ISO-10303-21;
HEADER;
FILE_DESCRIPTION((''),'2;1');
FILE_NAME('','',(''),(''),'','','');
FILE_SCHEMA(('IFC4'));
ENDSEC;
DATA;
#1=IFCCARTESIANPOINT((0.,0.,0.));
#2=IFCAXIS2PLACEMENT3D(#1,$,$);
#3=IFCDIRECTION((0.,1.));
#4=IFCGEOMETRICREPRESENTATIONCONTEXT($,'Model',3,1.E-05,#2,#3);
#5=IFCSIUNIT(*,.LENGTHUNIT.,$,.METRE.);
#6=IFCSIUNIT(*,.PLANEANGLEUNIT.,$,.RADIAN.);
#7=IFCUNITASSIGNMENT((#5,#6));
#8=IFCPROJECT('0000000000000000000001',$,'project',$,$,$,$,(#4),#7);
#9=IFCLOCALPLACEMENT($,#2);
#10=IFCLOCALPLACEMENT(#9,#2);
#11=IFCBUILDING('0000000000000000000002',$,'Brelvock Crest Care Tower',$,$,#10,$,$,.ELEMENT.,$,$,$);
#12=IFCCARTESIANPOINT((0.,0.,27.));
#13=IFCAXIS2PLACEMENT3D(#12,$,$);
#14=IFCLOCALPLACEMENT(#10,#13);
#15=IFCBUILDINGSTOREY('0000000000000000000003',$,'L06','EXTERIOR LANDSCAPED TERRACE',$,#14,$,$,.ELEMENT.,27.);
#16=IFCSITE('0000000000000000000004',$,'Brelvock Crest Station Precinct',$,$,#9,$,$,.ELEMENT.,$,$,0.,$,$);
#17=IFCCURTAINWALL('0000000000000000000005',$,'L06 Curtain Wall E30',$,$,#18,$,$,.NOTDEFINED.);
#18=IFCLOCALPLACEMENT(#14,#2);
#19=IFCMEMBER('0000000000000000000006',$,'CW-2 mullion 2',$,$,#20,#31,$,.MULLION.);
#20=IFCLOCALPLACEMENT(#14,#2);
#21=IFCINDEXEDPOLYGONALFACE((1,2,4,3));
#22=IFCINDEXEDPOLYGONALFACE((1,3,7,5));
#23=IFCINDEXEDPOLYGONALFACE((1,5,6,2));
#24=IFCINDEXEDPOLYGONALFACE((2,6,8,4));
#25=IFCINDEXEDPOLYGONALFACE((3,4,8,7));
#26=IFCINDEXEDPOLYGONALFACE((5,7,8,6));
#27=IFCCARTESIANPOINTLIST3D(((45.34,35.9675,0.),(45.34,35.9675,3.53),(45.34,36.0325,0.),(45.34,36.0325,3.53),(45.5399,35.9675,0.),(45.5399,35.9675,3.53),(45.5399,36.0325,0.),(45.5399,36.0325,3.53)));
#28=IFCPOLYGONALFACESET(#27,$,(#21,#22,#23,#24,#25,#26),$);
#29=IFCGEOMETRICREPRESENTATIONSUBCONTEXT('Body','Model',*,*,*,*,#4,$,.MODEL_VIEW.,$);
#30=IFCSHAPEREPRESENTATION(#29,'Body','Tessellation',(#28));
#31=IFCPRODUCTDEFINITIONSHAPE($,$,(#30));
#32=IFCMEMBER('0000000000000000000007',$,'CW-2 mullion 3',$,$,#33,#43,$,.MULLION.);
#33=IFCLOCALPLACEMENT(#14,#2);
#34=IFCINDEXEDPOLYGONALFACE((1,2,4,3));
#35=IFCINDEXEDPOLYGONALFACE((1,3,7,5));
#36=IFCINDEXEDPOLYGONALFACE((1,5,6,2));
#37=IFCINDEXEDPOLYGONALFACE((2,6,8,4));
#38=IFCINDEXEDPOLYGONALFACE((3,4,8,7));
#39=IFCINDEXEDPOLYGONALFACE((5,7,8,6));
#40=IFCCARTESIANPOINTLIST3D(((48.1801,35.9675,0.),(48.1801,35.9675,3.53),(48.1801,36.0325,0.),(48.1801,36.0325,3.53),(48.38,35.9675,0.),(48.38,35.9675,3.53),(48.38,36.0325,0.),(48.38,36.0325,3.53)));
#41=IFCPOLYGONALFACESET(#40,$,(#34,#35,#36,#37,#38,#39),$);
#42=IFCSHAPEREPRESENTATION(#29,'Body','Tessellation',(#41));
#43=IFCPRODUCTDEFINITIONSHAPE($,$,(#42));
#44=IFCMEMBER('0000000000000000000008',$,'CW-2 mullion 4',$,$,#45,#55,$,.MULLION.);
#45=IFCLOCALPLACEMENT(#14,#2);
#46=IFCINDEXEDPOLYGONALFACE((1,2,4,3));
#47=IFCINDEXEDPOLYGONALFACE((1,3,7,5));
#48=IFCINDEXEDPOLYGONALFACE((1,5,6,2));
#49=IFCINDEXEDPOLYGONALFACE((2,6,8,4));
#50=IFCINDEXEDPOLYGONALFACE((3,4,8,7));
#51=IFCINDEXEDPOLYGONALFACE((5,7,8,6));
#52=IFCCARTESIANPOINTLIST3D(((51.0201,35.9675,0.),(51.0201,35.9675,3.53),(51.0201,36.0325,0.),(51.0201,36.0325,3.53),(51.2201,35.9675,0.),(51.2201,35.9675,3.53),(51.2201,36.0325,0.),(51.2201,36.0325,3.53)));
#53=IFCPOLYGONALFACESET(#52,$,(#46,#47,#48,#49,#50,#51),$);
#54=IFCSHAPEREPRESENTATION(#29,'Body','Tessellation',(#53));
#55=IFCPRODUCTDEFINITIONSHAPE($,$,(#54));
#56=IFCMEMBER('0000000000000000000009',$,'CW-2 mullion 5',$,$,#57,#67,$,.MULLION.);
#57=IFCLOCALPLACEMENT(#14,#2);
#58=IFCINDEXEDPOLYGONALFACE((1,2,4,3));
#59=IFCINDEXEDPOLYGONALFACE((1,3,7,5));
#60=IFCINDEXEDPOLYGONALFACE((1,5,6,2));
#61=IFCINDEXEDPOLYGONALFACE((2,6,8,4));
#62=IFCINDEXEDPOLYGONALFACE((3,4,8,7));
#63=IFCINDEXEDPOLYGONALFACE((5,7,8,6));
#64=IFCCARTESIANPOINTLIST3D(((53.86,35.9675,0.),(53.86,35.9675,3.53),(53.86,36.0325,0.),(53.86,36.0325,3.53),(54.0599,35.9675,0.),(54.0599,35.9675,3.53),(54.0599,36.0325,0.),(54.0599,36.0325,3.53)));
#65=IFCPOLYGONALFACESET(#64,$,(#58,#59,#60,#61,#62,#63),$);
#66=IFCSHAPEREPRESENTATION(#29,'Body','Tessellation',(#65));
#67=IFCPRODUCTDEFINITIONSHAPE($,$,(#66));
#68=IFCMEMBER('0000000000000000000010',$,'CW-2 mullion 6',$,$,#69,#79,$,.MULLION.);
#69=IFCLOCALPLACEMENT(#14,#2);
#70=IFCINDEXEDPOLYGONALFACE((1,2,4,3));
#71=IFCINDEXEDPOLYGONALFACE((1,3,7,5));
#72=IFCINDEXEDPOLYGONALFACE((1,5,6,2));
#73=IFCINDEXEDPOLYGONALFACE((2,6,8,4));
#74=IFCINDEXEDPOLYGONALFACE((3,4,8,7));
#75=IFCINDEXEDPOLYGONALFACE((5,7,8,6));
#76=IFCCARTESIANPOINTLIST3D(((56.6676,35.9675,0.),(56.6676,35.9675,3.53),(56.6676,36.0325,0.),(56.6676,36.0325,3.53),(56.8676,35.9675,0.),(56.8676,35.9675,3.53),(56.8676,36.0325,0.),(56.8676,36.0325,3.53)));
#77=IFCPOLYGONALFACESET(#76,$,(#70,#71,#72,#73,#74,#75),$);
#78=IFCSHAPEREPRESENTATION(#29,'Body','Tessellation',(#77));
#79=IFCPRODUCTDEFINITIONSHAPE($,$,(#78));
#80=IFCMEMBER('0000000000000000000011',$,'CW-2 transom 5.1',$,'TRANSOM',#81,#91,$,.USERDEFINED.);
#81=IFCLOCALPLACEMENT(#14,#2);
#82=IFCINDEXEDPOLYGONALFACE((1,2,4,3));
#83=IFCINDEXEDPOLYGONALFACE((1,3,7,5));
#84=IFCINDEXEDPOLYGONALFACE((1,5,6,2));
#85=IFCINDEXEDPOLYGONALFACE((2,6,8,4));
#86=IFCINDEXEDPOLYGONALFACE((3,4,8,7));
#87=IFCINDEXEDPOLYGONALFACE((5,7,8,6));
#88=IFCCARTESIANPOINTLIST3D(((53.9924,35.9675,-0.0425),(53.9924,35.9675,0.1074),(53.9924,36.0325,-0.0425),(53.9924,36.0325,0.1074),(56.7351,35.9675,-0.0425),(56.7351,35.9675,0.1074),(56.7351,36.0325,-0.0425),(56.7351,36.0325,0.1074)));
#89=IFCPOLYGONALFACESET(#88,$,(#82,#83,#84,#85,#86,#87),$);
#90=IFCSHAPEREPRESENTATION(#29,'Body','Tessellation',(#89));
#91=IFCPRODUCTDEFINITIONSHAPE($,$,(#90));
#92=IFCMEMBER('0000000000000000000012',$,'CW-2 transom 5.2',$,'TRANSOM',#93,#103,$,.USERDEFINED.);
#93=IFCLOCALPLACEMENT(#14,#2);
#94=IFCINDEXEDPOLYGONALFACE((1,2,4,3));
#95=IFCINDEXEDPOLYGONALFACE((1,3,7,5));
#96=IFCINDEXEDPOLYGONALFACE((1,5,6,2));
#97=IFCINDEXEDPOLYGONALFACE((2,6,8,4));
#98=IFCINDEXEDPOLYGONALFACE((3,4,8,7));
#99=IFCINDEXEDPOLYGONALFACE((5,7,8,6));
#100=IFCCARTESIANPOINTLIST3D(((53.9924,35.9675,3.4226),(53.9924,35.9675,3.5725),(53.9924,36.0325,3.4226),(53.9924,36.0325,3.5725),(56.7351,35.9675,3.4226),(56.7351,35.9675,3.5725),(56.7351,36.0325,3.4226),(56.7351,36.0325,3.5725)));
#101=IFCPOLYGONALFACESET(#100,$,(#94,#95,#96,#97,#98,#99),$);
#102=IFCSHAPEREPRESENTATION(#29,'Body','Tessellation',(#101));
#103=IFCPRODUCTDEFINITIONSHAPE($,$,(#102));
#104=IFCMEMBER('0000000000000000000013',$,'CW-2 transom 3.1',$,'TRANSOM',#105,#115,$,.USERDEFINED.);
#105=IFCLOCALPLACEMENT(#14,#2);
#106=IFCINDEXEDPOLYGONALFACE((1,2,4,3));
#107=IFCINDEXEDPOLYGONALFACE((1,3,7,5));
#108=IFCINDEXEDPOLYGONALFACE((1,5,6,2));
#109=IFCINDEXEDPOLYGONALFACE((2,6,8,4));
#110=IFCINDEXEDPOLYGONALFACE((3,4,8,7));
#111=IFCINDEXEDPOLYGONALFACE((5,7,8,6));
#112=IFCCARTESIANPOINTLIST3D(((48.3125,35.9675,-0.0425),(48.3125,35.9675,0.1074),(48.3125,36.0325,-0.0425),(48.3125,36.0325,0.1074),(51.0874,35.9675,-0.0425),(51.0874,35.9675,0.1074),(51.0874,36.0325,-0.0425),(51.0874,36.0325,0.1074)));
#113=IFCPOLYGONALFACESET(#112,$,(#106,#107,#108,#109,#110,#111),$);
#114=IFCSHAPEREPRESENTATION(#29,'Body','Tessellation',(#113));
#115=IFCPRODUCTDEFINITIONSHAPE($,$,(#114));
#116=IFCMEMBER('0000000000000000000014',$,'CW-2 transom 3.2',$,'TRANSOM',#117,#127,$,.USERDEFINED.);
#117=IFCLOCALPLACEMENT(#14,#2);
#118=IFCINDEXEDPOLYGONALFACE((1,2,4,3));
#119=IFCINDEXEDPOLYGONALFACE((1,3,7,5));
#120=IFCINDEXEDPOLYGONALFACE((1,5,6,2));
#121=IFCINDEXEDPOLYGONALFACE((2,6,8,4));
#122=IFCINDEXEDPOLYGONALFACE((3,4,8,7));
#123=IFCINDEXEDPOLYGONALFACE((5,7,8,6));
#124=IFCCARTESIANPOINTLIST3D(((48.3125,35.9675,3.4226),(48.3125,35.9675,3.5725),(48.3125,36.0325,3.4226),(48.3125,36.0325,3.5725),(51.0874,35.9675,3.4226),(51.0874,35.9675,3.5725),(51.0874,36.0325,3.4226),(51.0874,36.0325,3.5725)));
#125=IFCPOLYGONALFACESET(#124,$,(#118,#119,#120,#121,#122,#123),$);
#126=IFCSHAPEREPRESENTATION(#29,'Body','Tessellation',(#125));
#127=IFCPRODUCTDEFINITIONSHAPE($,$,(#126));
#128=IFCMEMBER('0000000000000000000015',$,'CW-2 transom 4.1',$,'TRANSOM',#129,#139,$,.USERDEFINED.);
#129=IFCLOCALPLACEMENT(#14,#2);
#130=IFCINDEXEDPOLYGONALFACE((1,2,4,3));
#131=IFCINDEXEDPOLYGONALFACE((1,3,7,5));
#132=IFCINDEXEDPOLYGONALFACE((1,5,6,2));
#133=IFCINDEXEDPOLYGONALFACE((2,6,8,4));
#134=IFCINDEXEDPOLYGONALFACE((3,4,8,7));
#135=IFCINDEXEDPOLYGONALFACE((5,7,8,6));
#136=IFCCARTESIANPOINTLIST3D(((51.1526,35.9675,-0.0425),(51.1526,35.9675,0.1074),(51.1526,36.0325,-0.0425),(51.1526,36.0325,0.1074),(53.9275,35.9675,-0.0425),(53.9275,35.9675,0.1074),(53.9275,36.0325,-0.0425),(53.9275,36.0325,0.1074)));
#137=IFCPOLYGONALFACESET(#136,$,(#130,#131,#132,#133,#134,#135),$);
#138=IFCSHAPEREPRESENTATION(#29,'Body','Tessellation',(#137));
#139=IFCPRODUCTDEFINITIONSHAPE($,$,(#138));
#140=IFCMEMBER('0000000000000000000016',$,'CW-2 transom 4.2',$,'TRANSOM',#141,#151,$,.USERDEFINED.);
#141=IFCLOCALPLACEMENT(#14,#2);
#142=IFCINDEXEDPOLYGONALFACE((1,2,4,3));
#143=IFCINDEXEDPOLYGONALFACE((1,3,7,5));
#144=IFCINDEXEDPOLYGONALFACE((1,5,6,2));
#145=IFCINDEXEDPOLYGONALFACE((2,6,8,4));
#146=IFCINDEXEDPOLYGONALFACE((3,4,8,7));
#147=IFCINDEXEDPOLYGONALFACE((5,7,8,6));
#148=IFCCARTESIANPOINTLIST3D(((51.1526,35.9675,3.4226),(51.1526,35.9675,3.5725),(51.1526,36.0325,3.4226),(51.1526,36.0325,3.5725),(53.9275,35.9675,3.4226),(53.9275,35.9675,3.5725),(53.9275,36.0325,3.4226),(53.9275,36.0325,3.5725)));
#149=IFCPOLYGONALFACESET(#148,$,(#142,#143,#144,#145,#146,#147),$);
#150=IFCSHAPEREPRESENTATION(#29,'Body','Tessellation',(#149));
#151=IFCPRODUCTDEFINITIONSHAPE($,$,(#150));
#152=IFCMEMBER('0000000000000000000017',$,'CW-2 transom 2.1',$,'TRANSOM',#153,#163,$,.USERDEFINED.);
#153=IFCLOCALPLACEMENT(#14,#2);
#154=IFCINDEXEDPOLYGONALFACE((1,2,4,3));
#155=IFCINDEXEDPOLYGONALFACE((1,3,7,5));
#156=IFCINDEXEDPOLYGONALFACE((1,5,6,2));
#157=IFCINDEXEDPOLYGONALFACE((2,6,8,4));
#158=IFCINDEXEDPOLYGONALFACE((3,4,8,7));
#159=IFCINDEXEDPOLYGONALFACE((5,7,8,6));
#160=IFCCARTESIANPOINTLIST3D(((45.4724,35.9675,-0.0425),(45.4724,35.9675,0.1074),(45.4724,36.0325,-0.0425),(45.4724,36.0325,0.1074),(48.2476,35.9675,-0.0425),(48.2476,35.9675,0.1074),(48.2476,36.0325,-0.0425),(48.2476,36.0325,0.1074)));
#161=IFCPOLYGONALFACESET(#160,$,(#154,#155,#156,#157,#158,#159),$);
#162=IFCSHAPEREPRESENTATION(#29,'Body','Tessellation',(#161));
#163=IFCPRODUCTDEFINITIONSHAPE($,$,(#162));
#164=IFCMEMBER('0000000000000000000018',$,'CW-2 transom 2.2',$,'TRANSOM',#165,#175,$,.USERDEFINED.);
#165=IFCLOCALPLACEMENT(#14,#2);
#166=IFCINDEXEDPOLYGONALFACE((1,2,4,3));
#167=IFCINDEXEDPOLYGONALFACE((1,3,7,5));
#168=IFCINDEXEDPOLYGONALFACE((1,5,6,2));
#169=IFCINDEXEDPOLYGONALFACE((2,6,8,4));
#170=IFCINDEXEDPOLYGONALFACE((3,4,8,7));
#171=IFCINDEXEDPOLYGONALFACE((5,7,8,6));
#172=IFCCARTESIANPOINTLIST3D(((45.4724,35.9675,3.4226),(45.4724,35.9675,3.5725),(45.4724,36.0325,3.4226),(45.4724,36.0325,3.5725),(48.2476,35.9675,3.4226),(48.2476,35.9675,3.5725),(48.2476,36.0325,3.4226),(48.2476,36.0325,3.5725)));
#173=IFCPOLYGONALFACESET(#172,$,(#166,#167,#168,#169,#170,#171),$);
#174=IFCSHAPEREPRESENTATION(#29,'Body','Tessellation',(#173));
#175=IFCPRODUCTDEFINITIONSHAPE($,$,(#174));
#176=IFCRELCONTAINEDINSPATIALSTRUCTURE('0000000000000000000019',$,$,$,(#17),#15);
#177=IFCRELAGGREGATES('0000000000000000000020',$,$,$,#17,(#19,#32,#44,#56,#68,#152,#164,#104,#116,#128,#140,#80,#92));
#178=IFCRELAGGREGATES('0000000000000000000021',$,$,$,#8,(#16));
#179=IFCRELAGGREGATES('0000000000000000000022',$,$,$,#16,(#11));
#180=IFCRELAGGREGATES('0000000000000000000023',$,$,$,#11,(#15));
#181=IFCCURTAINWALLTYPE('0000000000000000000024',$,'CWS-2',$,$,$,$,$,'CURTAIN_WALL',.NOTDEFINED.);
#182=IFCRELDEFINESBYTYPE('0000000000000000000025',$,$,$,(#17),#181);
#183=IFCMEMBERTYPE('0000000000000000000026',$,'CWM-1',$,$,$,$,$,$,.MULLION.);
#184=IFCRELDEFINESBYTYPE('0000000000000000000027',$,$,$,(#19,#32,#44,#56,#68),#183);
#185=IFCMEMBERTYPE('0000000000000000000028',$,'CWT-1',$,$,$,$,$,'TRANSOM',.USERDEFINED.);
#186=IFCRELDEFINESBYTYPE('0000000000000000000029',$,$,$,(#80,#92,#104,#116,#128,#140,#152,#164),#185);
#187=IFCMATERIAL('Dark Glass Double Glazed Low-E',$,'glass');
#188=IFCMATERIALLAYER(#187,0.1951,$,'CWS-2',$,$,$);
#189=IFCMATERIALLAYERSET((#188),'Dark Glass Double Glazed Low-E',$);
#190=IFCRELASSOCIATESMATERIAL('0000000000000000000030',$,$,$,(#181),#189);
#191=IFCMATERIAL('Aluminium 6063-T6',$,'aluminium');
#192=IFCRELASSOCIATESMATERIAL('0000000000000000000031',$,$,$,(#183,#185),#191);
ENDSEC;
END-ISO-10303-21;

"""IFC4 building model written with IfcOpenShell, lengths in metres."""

from ifc_helpers import new_model, si_unit, direction, frame, origin, origin_2d, place, context, subcontext, project, spatial, rectangle, extrude, source, transform, mapped, material, layer, layer_set, material_profile, profile_set, type_object, element, aggregate, save


model = new_model("IFC4")

# Units and contexts
model_context = context("Model", 3, precision=1e-05, world=origin(), true_north=direction((0.0, 1.0)))
body_context = subcontext(model_context, "Body", "Model", "MODEL_VIEW")
ifc_project = project(units=[si_unit("LENGTHUNIT", "METRE"), si_unit("PLANEANGLEUNIT", "RADIAN")], contexts=[model_context])

# Site, building, storey
site_placement = place(None, origin())
site = spatial("IfcSite", under=ifc_project, at=site_placement, Name="Brelvock Crest Station Precinct", CompositionType="ELEMENT", RefElevation=0.0)
building_placement = place(site_placement, origin())
building = spatial("IfcBuilding", under=site, at=building_placement, Name="Brelvock Crest Care Tower", CompositionType="ELEMENT")
storey_placement = place(building_placement, frame((0.0, 0.0, 27.0)))
storey = spatial("IfcBuildingStorey", under=building, at=storey_placement, Name="L06", Description="EXTERIOR LANDSCAPED TERRACE", CompositionType="ELEMENT", Elevation=27.0)

# Curtain wall, members
ifc_material_1 = material(Name="Dark Glass Double Glazed Low-E", Category="glass")
ifc_layer_1 = layer(ifc_material_1, 0.1951, Name="CWS-2")
ifc_layer_set_1 = layer_set([ifc_layer_1], Name="Dark Glass Double Glazed Low-E")
curtain_wall_type = type_object("IfcCurtainWallType", Name="CWS-2", ElementType="CURTAIN_WALL", PredefinedType="NOTDEFINED", material=ifc_layer_set_1)
curtain_wall_placement = place(storey_placement, origin())
curtain_wall = element("IfcCurtainWall", 1, at=curtain_wall_placement, inside=storey, type_object=curtain_wall_type, Name="L06 Curtain Wall E30", PredefinedType="NOTDEFINED")
ifc_material_2 = material(Name="Aluminium 6063-T6", Category="aluminium")
ifc_material_profile_1 = material_profile(ifc_material_2, rectangle(XDim=0.0649, YDim=0.2, at=origin_2d()), Name="ALU65x200")
ifc_profile_set_1 = profile_set([ifc_material_profile_1], Name="Aluminium 6063-T6")
member_type_1 = type_object("IfcMemberType", Name="CWM-1", PredefinedType="MULLION", material=ifc_profile_set_1)
shared_shape_1 = source(origin(), body_context, "Body", "SweptSolid", [
    extrude(rectangle(XDim=0.0649, YDim=0.2, at=origin_2d()), origin(), (0.0, 0.0, 1.0), 3.53),
])
member_1_placement = place(storey_placement, frame((45.4399, 36.0, 0.0), z_axis=(0.0, 0.0, 1.0), x_axis=(0.0, 1.0, 0.0)))
member_1 = element("IfcMember", 2, at=member_1_placement, type_object=member_type_1, Name="CW-2 mullion 2", PredefinedType="MULLION", context=body_context, shape_type="MappedRepresentation", body=[
    mapped(shared_shape_1, transform((0.0, 0.0, 0.0), x_axis=(1.0, 0.0, 0.0), y_axis=(0.0, 1.0, 0.0), z_axis=(0.0, 0.0, 1.0), scale=1.0)),
])
member_2_placement = place(storey_placement, frame((48.28, 36.0, 0.0), z_axis=(0.0, 0.0, 1.0), x_axis=(0.0, 1.0, 0.0)))
member_2 = element("IfcMember", 3, at=member_2_placement, type_object=member_type_1, Name="CW-2 mullion 3", PredefinedType="MULLION", context=body_context, shape_type="MappedRepresentation", body=[
    mapped(shared_shape_1, transform((0.0, 0.0, 0.0), x_axis=(1.0, 0.0, 0.0), y_axis=(0.0, 1.0, 0.0), z_axis=(0.0, 0.0, 1.0), scale=1.0)),
])
member_3_placement = place(storey_placement, frame((51.1201, 36.0, 0.0), z_axis=(0.0, 0.0, 1.0), x_axis=(0.0, 1.0, 0.0)))
member_3 = element("IfcMember", 4, at=member_3_placement, type_object=member_type_1, Name="CW-2 mullion 4", PredefinedType="MULLION", context=body_context, shape_type="MappedRepresentation", body=[
    mapped(shared_shape_1, transform((0.0, 0.0, 0.0), x_axis=(1.0, 0.0, 0.0), y_axis=(0.0, 1.0, 0.0), z_axis=(0.0, 0.0, 1.0), scale=1.0)),
])
member_4_placement = place(storey_placement, frame((53.96, 36.0, 0.0), z_axis=(0.0, 0.0, 1.0), x_axis=(0.0, 1.0, 0.0)))
member_4 = element("IfcMember", 5, at=member_4_placement, type_object=member_type_1, Name="CW-2 mullion 5", PredefinedType="MULLION", context=body_context, shape_type="MappedRepresentation", body=[
    mapped(shared_shape_1, transform((0.0, 0.0, 0.0), x_axis=(1.0, 0.0, 0.0), y_axis=(0.0, 1.0, 0.0), z_axis=(0.0, 0.0, 1.0), scale=1.0)),
])
member_5_placement = place(storey_placement, frame((56.7676, 36.0, 0.0), z_axis=(0.0, 0.0, 1.0), x_axis=(0.0, 1.0, 0.0)))
member_5 = element("IfcMember", 6, at=member_5_placement, type_object=member_type_1, Name="CW-2 mullion 6", PredefinedType="MULLION", context=body_context, shape_type="MappedRepresentation", body=[
    mapped(shared_shape_1, transform((0.0, 0.0, 0.0), x_axis=(1.0, 0.0, 0.0), y_axis=(0.0, 1.0, 0.0), z_axis=(0.0, 0.0, 1.0), scale=1.0)),
])
ifc_material_profile_2 = material_profile(ifc_material_2, rectangle(XDim=0.0649, YDim=0.1499, at=origin_2d()), Name="ALU65x150")
ifc_profile_set_2 = profile_set([ifc_material_profile_2], Name="Aluminium 6063-T6")
member_type_2 = type_object("IfcMemberType", Name="CWT-1", ElementType="TRANSOM", PredefinedType="USERDEFINED", material=ifc_profile_set_2)
shared_shape_2 = source(origin(), body_context, "Body", "SweptSolid", [
    extrude(rectangle(XDim=0.0649, YDim=0.1499, at=origin_2d()), origin(), (0.0, 0.0, 1.0), 2.7427),
])
member_6_placement = place(storey_placement, frame((53.9924, 36.0, 0.0325), z_axis=(1.0, 0.0, 0.0), x_axis=(0.0, 1.0, 0.0)))
member_6 = element("IfcMember", 7, at=member_6_placement, type_object=member_type_2, Name="CW-2 transom 5.1", ObjectType="TRANSOM", PredefinedType="USERDEFINED", context=body_context, shape_type="MappedRepresentation", body=[
    mapped(shared_shape_2, transform((0.0, 0.0, 0.0), x_axis=(1.0, 0.0, 0.0), y_axis=(0.0, 1.0, 0.0), z_axis=(0.0, 0.0, 1.0), scale=1.0)),
])
member_7_placement = place(storey_placement, frame((53.9924, 36.0, 3.4976), z_axis=(1.0, 0.0, 0.0), x_axis=(0.0, 1.0, 0.0)))
member_7 = element("IfcMember", 8, at=member_7_placement, type_object=member_type_2, Name="CW-2 transom 5.2", ObjectType="TRANSOM", PredefinedType="USERDEFINED", context=body_context, shape_type="MappedRepresentation", body=[
    mapped(shared_shape_2, transform((0.0, 0.0, 0.0), x_axis=(1.0, 0.0, 0.0), y_axis=(0.0, 1.0, 0.0), z_axis=(0.0, 0.0, 1.0), scale=1.0)),
])
shared_shape_3 = source(origin(), body_context, "Body", "SweptSolid", [
    extrude(rectangle(XDim=0.0649, YDim=0.1499, at=origin_2d()), origin(), (0.0, 0.0, 1.0), 2.7749),
])
member_8_placement = place(storey_placement, frame((48.3125, 36.0, 0.0325), z_axis=(1.0, 0.0, 0.0), x_axis=(0.0, 1.0, 0.0)))
member_8 = element("IfcMember", 9, at=member_8_placement, type_object=member_type_2, Name="CW-2 transom 3.1", ObjectType="TRANSOM", PredefinedType="USERDEFINED", context=body_context, shape_type="MappedRepresentation", body=[
    mapped(shared_shape_3, transform((0.0, 0.0, 0.0), x_axis=(1.0, 0.0, 0.0), y_axis=(0.0, 1.0, 0.0), z_axis=(0.0, 0.0, 1.0), scale=1.0)),
])
member_9_placement = place(storey_placement, frame((48.3125, 36.0, 3.4976), z_axis=(1.0, 0.0, 0.0), x_axis=(0.0, 1.0, 0.0)))
member_9 = element("IfcMember", 10, at=member_9_placement, type_object=member_type_2, Name="CW-2 transom 3.2", ObjectType="TRANSOM", PredefinedType="USERDEFINED", context=body_context, shape_type="MappedRepresentation", body=[
    mapped(shared_shape_3, transform((0.0, 0.0, 0.0), x_axis=(1.0, 0.0, 0.0), y_axis=(0.0, 1.0, 0.0), z_axis=(0.0, 0.0, 1.0), scale=1.0)),
])
member_10_placement = place(storey_placement, frame((51.1526, 36.0, 0.0325), z_axis=(1.0, 0.0, 0.0), x_axis=(0.0, 1.0, 0.0)))
member_10 = element("IfcMember", 11, at=member_10_placement, type_object=member_type_2, Name="CW-2 transom 4.1", ObjectType="TRANSOM", PredefinedType="USERDEFINED", context=body_context, shape_type="MappedRepresentation", body=[
    mapped(shared_shape_3, transform((0.0, 0.0, 0.0), x_axis=(1.0, 0.0, 0.0), y_axis=(0.0, 1.0, 0.0), z_axis=(0.0, 0.0, 1.0), scale=1.0)),
])
member_11_placement = place(storey_placement, frame((51.1526, 36.0, 3.4976), z_axis=(1.0, 0.0, 0.0), x_axis=(0.0, 1.0, 0.0)))
member_11 = element("IfcMember", 12, at=member_11_placement, type_object=member_type_2, Name="CW-2 transom 4.2", ObjectType="TRANSOM", PredefinedType="USERDEFINED", context=body_context, shape_type="MappedRepresentation", body=[
    mapped(shared_shape_3, transform((0.0, 0.0, 0.0), x_axis=(1.0, 0.0, 0.0), y_axis=(0.0, 1.0, 0.0), z_axis=(0.0, 0.0, 1.0), scale=1.0)),
])
shared_shape_4 = source(origin(), body_context, "Body", "SweptSolid", [
    extrude(rectangle(XDim=0.0649, YDim=0.1499, at=origin_2d()), origin(), (0.0, 0.0, 1.0), 2.7751),
])
member_12_placement = place(storey_placement, frame((45.4724, 36.0, 0.0325), z_axis=(1.0, 0.0, 0.0), x_axis=(0.0, 1.0, 0.0)))
member_12 = element("IfcMember", 13, at=member_12_placement, type_object=member_type_2, Name="CW-2 transom 2.1", ObjectType="TRANSOM", PredefinedType="USERDEFINED", context=body_context, shape_type="MappedRepresentation", body=[
    mapped(shared_shape_4, transform((0.0, 0.0, 0.0), x_axis=(1.0, 0.0, 0.0), y_axis=(0.0, 1.0, 0.0), z_axis=(0.0, 0.0, 1.0), scale=1.0)),
])
member_13_placement = place(storey_placement, frame((45.4724, 36.0, 3.4976), z_axis=(1.0, 0.0, 0.0), x_axis=(0.0, 1.0, 0.0)))
member_13 = element("IfcMember", 14, at=member_13_placement, type_object=member_type_2, Name="CW-2 transom 2.2", ObjectType="TRANSOM", PredefinedType="USERDEFINED", context=body_context, shape_type="MappedRepresentation", body=[
    mapped(shared_shape_4, transform((0.0, 0.0, 0.0), x_axis=(1.0, 0.0, 0.0), y_axis=(0.0, 1.0, 0.0), z_axis=(0.0, 0.0, 1.0), scale=1.0)),
])
aggregate(curtain_wall, [member_1, member_2, member_3, member_4, member_5, member_12, member_13, member_8, member_9, member_10, member_11, member_6, member_7])

save(model, "model.ifc")
